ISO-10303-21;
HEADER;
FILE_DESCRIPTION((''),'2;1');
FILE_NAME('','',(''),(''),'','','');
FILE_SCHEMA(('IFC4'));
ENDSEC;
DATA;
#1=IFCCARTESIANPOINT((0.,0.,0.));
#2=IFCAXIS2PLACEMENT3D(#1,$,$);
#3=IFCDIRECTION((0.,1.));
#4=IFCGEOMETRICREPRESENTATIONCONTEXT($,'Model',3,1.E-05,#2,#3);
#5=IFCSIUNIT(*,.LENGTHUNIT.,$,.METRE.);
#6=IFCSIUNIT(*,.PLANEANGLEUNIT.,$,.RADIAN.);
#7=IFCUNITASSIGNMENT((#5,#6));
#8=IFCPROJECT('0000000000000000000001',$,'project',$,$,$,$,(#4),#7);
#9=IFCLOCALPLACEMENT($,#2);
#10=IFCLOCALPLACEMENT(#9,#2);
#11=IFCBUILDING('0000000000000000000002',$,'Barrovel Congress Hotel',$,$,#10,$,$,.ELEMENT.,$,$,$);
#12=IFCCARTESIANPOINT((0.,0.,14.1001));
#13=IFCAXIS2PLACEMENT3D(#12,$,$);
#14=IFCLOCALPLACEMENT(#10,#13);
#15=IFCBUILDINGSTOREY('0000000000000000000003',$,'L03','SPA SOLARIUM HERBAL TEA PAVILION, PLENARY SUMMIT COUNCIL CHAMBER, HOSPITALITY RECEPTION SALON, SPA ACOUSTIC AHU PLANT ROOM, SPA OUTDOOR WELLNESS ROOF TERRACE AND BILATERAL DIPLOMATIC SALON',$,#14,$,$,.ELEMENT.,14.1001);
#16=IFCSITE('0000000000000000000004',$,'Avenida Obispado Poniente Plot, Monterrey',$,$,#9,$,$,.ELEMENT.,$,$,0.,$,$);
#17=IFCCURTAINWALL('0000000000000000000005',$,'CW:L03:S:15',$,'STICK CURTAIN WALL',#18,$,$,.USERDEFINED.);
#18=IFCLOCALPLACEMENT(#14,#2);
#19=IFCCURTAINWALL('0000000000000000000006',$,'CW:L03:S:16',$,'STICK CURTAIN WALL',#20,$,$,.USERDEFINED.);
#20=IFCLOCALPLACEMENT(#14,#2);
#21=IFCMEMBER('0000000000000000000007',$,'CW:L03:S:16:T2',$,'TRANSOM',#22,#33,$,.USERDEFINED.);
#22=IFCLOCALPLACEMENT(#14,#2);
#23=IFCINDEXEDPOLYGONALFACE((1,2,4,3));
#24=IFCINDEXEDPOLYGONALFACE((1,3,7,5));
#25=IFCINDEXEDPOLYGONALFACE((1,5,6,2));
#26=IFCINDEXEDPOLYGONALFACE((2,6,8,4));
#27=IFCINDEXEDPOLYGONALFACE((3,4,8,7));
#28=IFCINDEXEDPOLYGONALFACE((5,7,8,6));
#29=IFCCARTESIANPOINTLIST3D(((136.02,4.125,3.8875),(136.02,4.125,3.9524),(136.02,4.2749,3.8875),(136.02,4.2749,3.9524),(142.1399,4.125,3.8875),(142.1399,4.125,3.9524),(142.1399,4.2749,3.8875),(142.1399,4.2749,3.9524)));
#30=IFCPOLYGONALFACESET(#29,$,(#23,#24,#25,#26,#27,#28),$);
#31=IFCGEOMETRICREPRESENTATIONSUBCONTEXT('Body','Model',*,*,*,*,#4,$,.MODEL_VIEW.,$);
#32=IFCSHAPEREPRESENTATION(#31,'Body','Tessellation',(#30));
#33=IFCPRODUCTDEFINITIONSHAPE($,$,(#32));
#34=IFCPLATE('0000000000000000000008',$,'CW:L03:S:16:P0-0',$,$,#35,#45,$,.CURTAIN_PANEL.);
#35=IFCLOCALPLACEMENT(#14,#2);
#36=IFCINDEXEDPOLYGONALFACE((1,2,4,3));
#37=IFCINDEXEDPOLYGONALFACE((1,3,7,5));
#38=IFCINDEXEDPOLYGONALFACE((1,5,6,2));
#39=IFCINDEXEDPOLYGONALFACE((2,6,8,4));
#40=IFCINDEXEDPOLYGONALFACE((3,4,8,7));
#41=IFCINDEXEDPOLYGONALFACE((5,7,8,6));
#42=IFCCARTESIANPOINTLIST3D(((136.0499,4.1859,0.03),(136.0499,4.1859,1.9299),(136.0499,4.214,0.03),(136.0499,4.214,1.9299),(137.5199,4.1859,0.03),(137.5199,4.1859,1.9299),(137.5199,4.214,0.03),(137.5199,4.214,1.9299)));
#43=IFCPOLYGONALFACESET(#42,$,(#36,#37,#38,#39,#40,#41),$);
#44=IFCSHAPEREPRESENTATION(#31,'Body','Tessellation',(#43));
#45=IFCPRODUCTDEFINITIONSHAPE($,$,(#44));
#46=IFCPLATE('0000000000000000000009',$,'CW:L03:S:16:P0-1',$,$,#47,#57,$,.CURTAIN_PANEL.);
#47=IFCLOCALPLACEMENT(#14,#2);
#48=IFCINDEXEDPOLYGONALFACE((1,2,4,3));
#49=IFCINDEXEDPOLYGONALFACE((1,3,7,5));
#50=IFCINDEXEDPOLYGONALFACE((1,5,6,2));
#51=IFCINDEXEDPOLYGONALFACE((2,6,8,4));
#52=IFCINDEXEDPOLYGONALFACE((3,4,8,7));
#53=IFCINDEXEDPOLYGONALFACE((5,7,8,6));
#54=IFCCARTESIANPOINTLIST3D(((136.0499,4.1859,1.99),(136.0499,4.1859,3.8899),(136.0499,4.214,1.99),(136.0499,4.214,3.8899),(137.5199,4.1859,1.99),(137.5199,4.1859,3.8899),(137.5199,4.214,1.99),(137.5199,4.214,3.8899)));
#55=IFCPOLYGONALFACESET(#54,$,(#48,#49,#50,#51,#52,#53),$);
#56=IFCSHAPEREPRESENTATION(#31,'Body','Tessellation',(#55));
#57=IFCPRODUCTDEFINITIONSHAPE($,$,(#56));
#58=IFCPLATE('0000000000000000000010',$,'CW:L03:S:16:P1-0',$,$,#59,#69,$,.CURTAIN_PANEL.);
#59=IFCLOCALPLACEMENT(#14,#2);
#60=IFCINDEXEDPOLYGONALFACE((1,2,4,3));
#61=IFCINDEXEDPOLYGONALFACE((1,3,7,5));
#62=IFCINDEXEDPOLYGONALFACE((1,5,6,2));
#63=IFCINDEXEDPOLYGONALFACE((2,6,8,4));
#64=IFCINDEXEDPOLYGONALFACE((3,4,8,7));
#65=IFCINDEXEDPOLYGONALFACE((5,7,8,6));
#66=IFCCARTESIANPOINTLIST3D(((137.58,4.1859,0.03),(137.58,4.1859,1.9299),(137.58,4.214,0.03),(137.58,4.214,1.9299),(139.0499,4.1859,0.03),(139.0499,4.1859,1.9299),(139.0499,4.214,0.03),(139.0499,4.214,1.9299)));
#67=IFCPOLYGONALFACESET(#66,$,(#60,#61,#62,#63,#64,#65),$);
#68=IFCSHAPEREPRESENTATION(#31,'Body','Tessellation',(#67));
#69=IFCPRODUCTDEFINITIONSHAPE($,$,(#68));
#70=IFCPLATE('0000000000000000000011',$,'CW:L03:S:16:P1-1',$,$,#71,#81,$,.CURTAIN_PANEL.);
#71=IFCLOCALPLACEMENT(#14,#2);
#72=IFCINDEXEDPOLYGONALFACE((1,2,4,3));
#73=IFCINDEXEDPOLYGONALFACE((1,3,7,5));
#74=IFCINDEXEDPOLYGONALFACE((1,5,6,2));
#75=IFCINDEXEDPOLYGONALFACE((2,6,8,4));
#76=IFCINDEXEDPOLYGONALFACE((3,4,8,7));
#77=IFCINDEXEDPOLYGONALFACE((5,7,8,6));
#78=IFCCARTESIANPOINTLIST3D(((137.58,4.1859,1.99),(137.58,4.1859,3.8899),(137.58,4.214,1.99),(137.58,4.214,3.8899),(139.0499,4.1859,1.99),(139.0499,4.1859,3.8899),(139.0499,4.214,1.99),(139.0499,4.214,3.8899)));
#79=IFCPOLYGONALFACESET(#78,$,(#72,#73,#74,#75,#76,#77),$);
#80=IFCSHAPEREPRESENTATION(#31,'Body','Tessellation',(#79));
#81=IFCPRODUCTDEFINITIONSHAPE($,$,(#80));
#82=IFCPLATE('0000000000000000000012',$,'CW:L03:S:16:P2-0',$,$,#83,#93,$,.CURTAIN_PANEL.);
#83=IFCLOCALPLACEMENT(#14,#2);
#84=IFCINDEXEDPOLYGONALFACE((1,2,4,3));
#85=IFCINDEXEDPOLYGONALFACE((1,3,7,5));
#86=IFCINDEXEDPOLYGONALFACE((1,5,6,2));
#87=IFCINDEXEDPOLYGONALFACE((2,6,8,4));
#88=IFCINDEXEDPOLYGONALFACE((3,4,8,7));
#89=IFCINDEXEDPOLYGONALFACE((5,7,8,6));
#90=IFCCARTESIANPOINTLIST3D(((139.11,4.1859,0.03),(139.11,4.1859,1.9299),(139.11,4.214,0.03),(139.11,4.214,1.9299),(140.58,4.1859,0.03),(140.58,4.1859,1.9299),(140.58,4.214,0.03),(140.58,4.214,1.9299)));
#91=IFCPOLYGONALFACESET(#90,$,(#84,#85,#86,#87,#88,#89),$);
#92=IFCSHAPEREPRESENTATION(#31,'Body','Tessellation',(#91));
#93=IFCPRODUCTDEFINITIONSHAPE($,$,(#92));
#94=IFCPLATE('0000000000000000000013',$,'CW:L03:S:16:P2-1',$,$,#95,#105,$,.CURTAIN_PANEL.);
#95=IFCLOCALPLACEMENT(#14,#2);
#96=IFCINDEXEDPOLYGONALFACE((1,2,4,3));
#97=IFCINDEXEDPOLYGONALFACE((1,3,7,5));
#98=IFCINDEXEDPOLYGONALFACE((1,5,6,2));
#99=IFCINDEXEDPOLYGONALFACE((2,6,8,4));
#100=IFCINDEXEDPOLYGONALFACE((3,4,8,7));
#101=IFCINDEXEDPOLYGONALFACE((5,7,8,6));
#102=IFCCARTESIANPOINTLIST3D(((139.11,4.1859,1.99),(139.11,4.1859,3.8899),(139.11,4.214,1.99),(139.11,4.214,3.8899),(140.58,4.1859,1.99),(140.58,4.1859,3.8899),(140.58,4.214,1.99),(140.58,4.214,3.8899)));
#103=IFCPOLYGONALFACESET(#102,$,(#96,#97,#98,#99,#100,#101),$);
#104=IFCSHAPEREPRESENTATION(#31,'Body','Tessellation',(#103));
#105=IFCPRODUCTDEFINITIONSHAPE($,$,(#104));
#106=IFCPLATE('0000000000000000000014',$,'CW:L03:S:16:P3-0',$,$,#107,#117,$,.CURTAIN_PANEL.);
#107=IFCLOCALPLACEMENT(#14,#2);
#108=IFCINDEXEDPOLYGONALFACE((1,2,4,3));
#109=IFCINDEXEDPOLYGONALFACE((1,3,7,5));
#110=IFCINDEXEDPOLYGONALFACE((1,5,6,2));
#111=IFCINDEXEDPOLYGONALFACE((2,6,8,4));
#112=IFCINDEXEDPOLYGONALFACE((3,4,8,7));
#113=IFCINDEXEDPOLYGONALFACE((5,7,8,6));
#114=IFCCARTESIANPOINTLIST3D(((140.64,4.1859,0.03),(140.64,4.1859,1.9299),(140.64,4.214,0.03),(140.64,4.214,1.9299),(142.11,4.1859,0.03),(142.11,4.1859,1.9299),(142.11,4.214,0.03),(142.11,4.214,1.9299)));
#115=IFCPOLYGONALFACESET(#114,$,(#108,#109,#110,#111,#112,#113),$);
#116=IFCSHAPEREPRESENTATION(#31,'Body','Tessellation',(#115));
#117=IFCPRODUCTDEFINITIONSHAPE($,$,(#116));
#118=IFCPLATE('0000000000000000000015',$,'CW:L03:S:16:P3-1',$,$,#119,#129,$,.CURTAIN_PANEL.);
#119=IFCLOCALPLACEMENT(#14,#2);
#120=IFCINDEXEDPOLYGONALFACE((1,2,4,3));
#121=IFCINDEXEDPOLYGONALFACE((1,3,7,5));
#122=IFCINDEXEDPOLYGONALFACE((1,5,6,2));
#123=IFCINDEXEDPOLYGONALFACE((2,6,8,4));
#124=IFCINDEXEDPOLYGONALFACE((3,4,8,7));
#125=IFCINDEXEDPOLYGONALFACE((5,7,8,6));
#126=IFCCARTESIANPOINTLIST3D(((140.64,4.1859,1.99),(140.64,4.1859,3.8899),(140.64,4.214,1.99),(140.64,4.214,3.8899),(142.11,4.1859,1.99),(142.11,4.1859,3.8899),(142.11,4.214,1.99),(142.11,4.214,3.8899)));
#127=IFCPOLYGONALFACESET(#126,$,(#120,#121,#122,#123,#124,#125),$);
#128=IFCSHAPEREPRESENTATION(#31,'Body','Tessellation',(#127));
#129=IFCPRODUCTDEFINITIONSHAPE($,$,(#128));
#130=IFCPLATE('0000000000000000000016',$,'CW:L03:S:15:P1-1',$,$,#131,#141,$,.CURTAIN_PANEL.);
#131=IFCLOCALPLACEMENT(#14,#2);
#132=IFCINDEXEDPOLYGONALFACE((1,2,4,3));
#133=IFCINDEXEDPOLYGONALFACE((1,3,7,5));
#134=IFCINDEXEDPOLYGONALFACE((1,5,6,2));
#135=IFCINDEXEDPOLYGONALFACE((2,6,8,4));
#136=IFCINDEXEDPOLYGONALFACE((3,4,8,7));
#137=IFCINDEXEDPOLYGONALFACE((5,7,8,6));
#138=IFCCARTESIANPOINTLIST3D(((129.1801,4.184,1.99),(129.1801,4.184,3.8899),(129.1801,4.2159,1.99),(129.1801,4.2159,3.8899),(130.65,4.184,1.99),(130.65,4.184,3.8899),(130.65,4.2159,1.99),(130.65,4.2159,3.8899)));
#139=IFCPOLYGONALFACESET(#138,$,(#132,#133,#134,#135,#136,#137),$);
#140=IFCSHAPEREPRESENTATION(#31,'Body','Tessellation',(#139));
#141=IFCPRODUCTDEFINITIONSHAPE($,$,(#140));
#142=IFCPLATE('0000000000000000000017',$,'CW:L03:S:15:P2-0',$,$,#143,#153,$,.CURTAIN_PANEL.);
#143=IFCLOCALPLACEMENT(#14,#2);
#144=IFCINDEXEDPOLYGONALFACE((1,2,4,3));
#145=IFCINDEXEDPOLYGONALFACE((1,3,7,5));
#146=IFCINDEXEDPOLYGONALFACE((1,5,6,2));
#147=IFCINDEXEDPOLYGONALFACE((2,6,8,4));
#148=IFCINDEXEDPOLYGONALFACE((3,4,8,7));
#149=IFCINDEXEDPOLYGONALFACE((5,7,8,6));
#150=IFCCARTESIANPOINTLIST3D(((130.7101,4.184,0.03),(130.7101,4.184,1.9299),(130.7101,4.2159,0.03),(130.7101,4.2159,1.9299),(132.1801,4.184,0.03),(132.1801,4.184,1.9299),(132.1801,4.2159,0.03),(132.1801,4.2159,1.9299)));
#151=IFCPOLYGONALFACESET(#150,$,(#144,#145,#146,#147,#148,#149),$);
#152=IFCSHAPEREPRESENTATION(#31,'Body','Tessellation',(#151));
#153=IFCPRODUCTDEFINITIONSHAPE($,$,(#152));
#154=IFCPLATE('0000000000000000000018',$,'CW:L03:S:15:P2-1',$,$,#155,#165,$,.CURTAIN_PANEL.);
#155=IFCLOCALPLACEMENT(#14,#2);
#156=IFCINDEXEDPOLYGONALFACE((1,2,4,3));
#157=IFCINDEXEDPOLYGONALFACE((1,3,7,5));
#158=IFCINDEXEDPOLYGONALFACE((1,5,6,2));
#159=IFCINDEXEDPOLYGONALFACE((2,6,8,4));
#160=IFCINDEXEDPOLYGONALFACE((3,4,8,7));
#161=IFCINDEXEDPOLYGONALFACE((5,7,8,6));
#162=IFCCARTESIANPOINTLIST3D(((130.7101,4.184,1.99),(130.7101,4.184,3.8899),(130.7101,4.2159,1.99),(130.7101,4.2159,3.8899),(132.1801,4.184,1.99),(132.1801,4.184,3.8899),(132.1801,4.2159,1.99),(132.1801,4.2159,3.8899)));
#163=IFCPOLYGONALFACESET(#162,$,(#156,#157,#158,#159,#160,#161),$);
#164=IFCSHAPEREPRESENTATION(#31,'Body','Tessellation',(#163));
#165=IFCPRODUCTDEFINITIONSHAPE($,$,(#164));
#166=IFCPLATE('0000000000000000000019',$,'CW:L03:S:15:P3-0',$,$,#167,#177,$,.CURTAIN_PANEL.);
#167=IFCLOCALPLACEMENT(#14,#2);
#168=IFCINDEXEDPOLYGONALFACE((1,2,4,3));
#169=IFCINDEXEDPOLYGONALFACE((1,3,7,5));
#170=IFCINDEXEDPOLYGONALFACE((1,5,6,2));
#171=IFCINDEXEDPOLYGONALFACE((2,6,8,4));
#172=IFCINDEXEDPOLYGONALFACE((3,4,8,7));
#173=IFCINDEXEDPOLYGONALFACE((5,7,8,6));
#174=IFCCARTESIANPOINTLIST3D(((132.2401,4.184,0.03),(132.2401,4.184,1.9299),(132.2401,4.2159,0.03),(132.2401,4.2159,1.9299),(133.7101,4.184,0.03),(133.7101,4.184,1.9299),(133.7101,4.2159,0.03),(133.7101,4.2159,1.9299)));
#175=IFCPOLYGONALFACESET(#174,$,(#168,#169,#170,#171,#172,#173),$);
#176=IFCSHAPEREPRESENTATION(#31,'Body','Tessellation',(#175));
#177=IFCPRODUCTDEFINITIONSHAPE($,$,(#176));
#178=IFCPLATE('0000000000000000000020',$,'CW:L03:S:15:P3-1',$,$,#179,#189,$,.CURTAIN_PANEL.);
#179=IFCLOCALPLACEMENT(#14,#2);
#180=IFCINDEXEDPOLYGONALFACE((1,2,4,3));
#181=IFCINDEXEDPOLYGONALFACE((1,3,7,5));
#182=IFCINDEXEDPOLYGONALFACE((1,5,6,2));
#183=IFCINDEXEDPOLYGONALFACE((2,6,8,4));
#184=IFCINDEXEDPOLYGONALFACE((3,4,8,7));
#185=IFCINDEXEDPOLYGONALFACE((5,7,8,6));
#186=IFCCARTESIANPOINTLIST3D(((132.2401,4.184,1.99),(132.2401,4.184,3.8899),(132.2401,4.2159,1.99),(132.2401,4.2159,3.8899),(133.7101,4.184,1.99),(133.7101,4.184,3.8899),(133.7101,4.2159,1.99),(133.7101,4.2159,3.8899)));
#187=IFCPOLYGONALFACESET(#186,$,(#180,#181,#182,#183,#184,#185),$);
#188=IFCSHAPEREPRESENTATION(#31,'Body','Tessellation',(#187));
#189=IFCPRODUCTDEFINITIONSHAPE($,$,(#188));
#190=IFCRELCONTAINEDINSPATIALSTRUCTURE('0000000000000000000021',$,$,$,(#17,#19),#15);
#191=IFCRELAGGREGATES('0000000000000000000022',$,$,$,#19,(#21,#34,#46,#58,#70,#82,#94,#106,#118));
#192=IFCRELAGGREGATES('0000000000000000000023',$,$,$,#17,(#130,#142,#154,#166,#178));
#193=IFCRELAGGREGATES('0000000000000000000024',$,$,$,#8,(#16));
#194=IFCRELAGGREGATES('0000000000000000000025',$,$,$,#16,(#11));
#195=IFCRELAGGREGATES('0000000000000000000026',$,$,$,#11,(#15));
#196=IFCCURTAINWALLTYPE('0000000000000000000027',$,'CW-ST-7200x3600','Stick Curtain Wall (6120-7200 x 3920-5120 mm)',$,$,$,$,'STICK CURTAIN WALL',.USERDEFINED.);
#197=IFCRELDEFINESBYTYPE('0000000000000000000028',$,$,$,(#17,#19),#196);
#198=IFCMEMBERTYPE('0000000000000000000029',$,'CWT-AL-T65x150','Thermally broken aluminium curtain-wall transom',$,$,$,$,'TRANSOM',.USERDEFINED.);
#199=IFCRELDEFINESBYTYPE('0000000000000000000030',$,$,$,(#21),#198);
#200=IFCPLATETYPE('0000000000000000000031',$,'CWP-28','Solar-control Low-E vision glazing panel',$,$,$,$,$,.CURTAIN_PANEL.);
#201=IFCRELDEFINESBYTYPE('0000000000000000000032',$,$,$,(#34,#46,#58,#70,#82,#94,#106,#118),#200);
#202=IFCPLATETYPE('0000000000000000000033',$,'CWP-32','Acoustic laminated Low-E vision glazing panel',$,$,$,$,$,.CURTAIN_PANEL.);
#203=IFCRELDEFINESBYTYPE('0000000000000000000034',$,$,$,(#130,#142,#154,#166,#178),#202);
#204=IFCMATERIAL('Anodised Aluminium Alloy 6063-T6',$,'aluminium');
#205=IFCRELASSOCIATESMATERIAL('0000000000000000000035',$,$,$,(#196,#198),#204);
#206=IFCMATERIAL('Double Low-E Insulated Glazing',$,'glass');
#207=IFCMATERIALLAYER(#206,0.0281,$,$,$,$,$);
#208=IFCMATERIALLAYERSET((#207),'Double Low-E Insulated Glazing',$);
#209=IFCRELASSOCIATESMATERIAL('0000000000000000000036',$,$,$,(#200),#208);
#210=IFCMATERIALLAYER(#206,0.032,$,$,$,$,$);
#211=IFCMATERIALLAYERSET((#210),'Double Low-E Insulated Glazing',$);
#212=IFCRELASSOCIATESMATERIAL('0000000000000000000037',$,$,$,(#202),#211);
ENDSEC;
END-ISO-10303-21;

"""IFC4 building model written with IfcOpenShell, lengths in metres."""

from ifc_helpers import new_model, si_unit, direction, frame, origin, origin_2d, place, context, subcontext, project, spatial, rectangle, extrude, material, layer, layer_set, material_profile, profile_set, type_object, element, aggregate, save


model = new_model("IFC4")

# Units and contexts
model_context = context("Model", 3, precision=1e-05, world=origin(), true_north=direction((0.0, 1.0)))
body_context = subcontext(model_context, "Body", "Model", "MODEL_VIEW")
ifc_project = project(units=[si_unit("LENGTHUNIT", "METRE"), si_unit("PLANEANGLEUNIT", "RADIAN")], contexts=[model_context])

# Site, building, storey
site_placement = place(None, origin())
site = spatial("IfcSite", under=ifc_project, at=site_placement, Name="Avenida Obispado Poniente Plot, Monterrey", CompositionType="ELEMENT", RefElevation=0.0)
building_placement = place(site_placement, origin())
building = spatial("IfcBuilding", under=site, at=building_placement, Name="Barrovel Congress Hotel", CompositionType="ELEMENT")
storey_placement = place(building_placement, frame((0.0, 0.0, 14.1001)))
storey = spatial("IfcBuildingStorey", under=building, at=storey_placement, Name="L03", Description="SPA SOLARIUM HERBAL TEA PAVILION, PLENARY SUMMIT COUNCIL CHAMBER, HOSPITALITY RECEPTION SALON, SPA ACOUSTIC AHU PLANT ROOM, SPA OUTDOOR WELLNESS ROOF TERRACE AND BILATERAL DIPLOMATIC SALON", CompositionType="ELEMENT", Elevation=14.1001)

# Curtain wall
ifc_material_1 = material(Name="Anodised Aluminium Alloy 6063-T6", Category="aluminium")
curtain_wall_type = type_object("IfcCurtainWallType", Name="CW-ST-7200x3600", Description="Stick Curtain Wall (6120-7200 x 3920-5120 mm)", ElementType="STICK CURTAIN WALL", PredefinedType="USERDEFINED", material=ifc_material_1)
curtain_wall_1_placement = place(storey_placement, origin())
curtain_wall_1 = element("IfcCurtainWall", 1, at=curtain_wall_1_placement, inside=storey, type_object=curtain_wall_type, Name="CW:L03:S:15", ObjectType="STICK CURTAIN WALL", PredefinedType="USERDEFINED")

# Curtain wall, member, plates
curtain_wall_2_placement = place(storey_placement, origin())
curtain_wall_2 = element("IfcCurtainWall", 2, at=curtain_wall_2_placement, inside=storey, type_object=curtain_wall_type, Name="CW:L03:S:16", ObjectType="STICK CURTAIN WALL", PredefinedType="USERDEFINED")
ifc_material_profile_1 = material_profile(ifc_material_1, rectangle(XDim=0.1499, YDim=0.0649, at=origin_2d()), Name="AL-T65x150")
ifc_profile_set_1 = profile_set([ifc_material_profile_1], Name="Anodised Aluminium Alloy 6063-T6")
member_type_1 = type_object("IfcMemberType", Name="CWT-AL-T65x150", Description="Thermally broken aluminium curtain-wall transom", ElementType="TRANSOM", PredefinedType="USERDEFINED", material=ifc_profile_set_1)
member_1_placement = place(storey_placement, frame((136.02, 4.2, 3.9199), z_axis=(1.0, 0.0, 0.0), x_axis=(0.0, 1.0, 0.0)))
member_1 = element("IfcMember", 3, at=member_1_placement, type_object=member_type_1, Name="CW:L03:S:16:T2", ObjectType="TRANSOM", PredefinedType="USERDEFINED", context=body_context, shape_type="SweptSolid", body=[
    extrude(rectangle(XDim=0.1499, YDim=0.0649, at=origin_2d()), origin(), (0.0, 0.0, 1.0), 6.1199),
])
ifc_material_2 = material(Name="Double Low-E Insulated Glazing", Category="glass")
ifc_layer_1 = layer(ifc_material_2, 0.0281)
ifc_layer_set_1 = layer_set([ifc_layer_1], Name="Double Low-E Insulated Glazing")
plate_type_1 = type_object("IfcPlateType", Name="CWP-28", Description="Solar-control Low-E vision glazing panel", PredefinedType="CURTAIN_PANEL", material=ifc_layer_set_1)
plate_1_placement = place(storey_placement, frame((136.7849, 4.2, 0.03), z_axis=(0.0, 0.0, 1.0), x_axis=(1.0, 0.0, 0.0)))
plate_1 = element("IfcPlate", 4, at=plate_1_placement, type_object=plate_type_1, Name="CW:L03:S:16:P0-0", PredefinedType="CURTAIN_PANEL", context=body_context, shape_type="SweptSolid", body=[
    extrude(rectangle(XDim=1.47, YDim=0.0281, at=origin_2d()), origin(), (0.0, 0.0, 1.0), 1.8999),
])
plate_2_placement = place(storey_placement, frame((136.7849, 4.2, 1.99), z_axis=(0.0, 0.0, 1.0), x_axis=(1.0, 0.0, 0.0)))
plate_2 = element("IfcPlate", 5, at=plate_2_placement, type_object=plate_type_1, Name="CW:L03:S:16:P0-1", PredefinedType="CURTAIN_PANEL", context=body_context, shape_type="SweptSolid", body=[
    extrude(rectangle(XDim=1.47, YDim=0.0281, at=origin_2d()), origin(), (0.0, 0.0, 1.0), 1.8999),
])
plate_3_placement = place(storey_placement, frame((138.3149, 4.2, 0.03), z_axis=(0.0, 0.0, 1.0), x_axis=(1.0, 0.0, 0.0)))
plate_3 = element("IfcPlate", 6, at=plate_3_placement, type_object=plate_type_1, Name="CW:L03:S:16:P1-0", PredefinedType="CURTAIN_PANEL", context=body_context, shape_type="SweptSolid", body=[
    extrude(rectangle(XDim=1.47, YDim=0.0281, at=origin_2d()), origin(), (0.0, 0.0, 1.0), 1.8999),
])
plate_4_placement = place(storey_placement, frame((138.3149, 4.2, 1.99), z_axis=(0.0, 0.0, 1.0), x_axis=(1.0, 0.0, 0.0)))
plate_4 = element("IfcPlate", 7, at=plate_4_placement, type_object=plate_type_1, Name="CW:L03:S:16:P1-1", PredefinedType="CURTAIN_PANEL", context=body_context, shape_type="SweptSolid", body=[
    extrude(rectangle(XDim=1.47, YDim=0.0281, at=origin_2d()), origin(), (0.0, 0.0, 1.0), 1.8999),
])
plate_5_placement = place(storey_placement, frame((139.845, 4.2, 0.03), z_axis=(0.0, 0.0, 1.0), x_axis=(1.0, 0.0, 0.0)))
plate_5 = element("IfcPlate", 8, at=plate_5_placement, type_object=plate_type_1, Name="CW:L03:S:16:P2-0", PredefinedType="CURTAIN_PANEL", context=body_context, shape_type="SweptSolid", body=[
    extrude(rectangle(XDim=1.47, YDim=0.0281, at=origin_2d()), origin(), (0.0, 0.0, 1.0), 1.8999),
])
plate_6_placement = place(storey_placement, frame((139.845, 4.2, 1.99), z_axis=(0.0, 0.0, 1.0), x_axis=(1.0, 0.0, 0.0)))
plate_6 = element("IfcPlate", 9, at=plate_6_placement, type_object=plate_type_1, Name="CW:L03:S:16:P2-1", PredefinedType="CURTAIN_PANEL", context=body_context, shape_type="SweptSolid", body=[
    extrude(rectangle(XDim=1.47, YDim=0.0281, at=origin_2d()), origin(), (0.0, 0.0, 1.0), 1.8999),
])
plate_7_placement = place(storey_placement, frame((141.375, 4.2, 0.03), z_axis=(0.0, 0.0, 1.0), x_axis=(1.0, 0.0, 0.0)))
plate_7 = element("IfcPlate", 10, at=plate_7_placement, type_object=plate_type_1, Name="CW:L03:S:16:P3-0", PredefinedType="CURTAIN_PANEL", context=body_context, shape_type="SweptSolid", body=[
    extrude(rectangle(XDim=1.47, YDim=0.0281, at=origin_2d()), origin(), (0.0, 0.0, 1.0), 1.8999),
])
plate_8_placement = place(storey_placement, frame((141.375, 4.2, 1.99), z_axis=(0.0, 0.0, 1.0), x_axis=(1.0, 0.0, 0.0)))
plate_8 = element("IfcPlate", 11, at=plate_8_placement, type_object=plate_type_1, Name="CW:L03:S:16:P3-1", PredefinedType="CURTAIN_PANEL", context=body_context, shape_type="SweptSolid", body=[
    extrude(rectangle(XDim=1.47, YDim=0.0281, at=origin_2d()), origin(), (0.0, 0.0, 1.0), 1.8999),
])
aggregate(curtain_wall_2, [member_1, plate_1, plate_2, plate_3, plate_4, plate_5, plate_6, plate_7, plate_8])

# Plates
ifc_layer_2 = layer(ifc_material_2, 0.032)
ifc_layer_set_2 = layer_set([ifc_layer_2], Name="Double Low-E Insulated Glazing")
plate_type_2 = type_object("IfcPlateType", Name="CWP-32", Description="Acoustic laminated Low-E vision glazing panel", PredefinedType="CURTAIN_PANEL", material=ifc_layer_set_2)
plate_9_placement = place(storey_placement, frame((129.915, 4.2, 1.99), z_axis=(0.0, 0.0, 1.0), x_axis=(1.0, 0.0, 0.0)))
plate_9 = element("IfcPlate", 12, at=plate_9_placement, type_object=plate_type_2, Name="CW:L03:S:15:P1-1", PredefinedType="CURTAIN_PANEL", context=body_context, shape_type="SweptSolid", body=[
    extrude(rectangle(XDim=1.47, YDim=0.032, at=origin_2d()), origin(), (0.0, 0.0, 1.0), 1.8999),
])
plate_10_placement = place(storey_placement, frame((131.4451, 4.2, 0.03), z_axis=(0.0, 0.0, 1.0), x_axis=(1.0, 0.0, 0.0)))
plate_10 = element("IfcPlate", 13, at=plate_10_placement, type_object=plate_type_2, Name="CW:L03:S:15:P2-0", PredefinedType="CURTAIN_PANEL", context=body_context, shape_type="SweptSolid", body=[
    extrude(rectangle(XDim=1.47, YDim=0.032, at=origin_2d()), origin(), (0.0, 0.0, 1.0), 1.8999),
])
plate_11_placement = place(storey_placement, frame((131.4451, 4.2, 1.99), z_axis=(0.0, 0.0, 1.0), x_axis=(1.0, 0.0, 0.0)))
plate_11 = element("IfcPlate", 14, at=plate_11_placement, type_object=plate_type_2, Name="CW:L03:S:15:P2-1", PredefinedType="CURTAIN_PANEL", context=body_context, shape_type="SweptSolid", body=[
    extrude(rectangle(XDim=1.47, YDim=0.032, at=origin_2d()), origin(), (0.0, 0.0, 1.0), 1.8999),
])
plate_12_placement = place(storey_placement, frame((132.9751, 4.2, 0.03), z_axis=(0.0, 0.0, 1.0), x_axis=(1.0, 0.0, 0.0)))
plate_12 = element("IfcPlate", 15, at=plate_12_placement, type_object=plate_type_2, Name="CW:L03:S:15:P3-0", PredefinedType="CURTAIN_PANEL", context=body_context, shape_type="SweptSolid", body=[
    extrude(rectangle(XDim=1.47, YDim=0.032, at=origin_2d()), origin(), (0.0, 0.0, 1.0), 1.8999),
])
plate_13_placement = place(storey_placement, frame((132.9751, 4.2, 1.99), z_axis=(0.0, 0.0, 1.0), x_axis=(1.0, 0.0, 0.0)))
plate_13 = element("IfcPlate", 16, at=plate_13_placement, type_object=plate_type_2, Name="CW:L03:S:15:P3-1", PredefinedType="CURTAIN_PANEL", context=body_context, shape_type="SweptSolid", body=[
    extrude(rectangle(XDim=1.47, YDim=0.032, at=origin_2d()), origin(), (0.0, 0.0, 1.0), 1.8999),
])
aggregate(curtain_wall_1, [plate_9, plate_10, plate_11, plate_12, plate_13])

save(model, "model.ifc")
